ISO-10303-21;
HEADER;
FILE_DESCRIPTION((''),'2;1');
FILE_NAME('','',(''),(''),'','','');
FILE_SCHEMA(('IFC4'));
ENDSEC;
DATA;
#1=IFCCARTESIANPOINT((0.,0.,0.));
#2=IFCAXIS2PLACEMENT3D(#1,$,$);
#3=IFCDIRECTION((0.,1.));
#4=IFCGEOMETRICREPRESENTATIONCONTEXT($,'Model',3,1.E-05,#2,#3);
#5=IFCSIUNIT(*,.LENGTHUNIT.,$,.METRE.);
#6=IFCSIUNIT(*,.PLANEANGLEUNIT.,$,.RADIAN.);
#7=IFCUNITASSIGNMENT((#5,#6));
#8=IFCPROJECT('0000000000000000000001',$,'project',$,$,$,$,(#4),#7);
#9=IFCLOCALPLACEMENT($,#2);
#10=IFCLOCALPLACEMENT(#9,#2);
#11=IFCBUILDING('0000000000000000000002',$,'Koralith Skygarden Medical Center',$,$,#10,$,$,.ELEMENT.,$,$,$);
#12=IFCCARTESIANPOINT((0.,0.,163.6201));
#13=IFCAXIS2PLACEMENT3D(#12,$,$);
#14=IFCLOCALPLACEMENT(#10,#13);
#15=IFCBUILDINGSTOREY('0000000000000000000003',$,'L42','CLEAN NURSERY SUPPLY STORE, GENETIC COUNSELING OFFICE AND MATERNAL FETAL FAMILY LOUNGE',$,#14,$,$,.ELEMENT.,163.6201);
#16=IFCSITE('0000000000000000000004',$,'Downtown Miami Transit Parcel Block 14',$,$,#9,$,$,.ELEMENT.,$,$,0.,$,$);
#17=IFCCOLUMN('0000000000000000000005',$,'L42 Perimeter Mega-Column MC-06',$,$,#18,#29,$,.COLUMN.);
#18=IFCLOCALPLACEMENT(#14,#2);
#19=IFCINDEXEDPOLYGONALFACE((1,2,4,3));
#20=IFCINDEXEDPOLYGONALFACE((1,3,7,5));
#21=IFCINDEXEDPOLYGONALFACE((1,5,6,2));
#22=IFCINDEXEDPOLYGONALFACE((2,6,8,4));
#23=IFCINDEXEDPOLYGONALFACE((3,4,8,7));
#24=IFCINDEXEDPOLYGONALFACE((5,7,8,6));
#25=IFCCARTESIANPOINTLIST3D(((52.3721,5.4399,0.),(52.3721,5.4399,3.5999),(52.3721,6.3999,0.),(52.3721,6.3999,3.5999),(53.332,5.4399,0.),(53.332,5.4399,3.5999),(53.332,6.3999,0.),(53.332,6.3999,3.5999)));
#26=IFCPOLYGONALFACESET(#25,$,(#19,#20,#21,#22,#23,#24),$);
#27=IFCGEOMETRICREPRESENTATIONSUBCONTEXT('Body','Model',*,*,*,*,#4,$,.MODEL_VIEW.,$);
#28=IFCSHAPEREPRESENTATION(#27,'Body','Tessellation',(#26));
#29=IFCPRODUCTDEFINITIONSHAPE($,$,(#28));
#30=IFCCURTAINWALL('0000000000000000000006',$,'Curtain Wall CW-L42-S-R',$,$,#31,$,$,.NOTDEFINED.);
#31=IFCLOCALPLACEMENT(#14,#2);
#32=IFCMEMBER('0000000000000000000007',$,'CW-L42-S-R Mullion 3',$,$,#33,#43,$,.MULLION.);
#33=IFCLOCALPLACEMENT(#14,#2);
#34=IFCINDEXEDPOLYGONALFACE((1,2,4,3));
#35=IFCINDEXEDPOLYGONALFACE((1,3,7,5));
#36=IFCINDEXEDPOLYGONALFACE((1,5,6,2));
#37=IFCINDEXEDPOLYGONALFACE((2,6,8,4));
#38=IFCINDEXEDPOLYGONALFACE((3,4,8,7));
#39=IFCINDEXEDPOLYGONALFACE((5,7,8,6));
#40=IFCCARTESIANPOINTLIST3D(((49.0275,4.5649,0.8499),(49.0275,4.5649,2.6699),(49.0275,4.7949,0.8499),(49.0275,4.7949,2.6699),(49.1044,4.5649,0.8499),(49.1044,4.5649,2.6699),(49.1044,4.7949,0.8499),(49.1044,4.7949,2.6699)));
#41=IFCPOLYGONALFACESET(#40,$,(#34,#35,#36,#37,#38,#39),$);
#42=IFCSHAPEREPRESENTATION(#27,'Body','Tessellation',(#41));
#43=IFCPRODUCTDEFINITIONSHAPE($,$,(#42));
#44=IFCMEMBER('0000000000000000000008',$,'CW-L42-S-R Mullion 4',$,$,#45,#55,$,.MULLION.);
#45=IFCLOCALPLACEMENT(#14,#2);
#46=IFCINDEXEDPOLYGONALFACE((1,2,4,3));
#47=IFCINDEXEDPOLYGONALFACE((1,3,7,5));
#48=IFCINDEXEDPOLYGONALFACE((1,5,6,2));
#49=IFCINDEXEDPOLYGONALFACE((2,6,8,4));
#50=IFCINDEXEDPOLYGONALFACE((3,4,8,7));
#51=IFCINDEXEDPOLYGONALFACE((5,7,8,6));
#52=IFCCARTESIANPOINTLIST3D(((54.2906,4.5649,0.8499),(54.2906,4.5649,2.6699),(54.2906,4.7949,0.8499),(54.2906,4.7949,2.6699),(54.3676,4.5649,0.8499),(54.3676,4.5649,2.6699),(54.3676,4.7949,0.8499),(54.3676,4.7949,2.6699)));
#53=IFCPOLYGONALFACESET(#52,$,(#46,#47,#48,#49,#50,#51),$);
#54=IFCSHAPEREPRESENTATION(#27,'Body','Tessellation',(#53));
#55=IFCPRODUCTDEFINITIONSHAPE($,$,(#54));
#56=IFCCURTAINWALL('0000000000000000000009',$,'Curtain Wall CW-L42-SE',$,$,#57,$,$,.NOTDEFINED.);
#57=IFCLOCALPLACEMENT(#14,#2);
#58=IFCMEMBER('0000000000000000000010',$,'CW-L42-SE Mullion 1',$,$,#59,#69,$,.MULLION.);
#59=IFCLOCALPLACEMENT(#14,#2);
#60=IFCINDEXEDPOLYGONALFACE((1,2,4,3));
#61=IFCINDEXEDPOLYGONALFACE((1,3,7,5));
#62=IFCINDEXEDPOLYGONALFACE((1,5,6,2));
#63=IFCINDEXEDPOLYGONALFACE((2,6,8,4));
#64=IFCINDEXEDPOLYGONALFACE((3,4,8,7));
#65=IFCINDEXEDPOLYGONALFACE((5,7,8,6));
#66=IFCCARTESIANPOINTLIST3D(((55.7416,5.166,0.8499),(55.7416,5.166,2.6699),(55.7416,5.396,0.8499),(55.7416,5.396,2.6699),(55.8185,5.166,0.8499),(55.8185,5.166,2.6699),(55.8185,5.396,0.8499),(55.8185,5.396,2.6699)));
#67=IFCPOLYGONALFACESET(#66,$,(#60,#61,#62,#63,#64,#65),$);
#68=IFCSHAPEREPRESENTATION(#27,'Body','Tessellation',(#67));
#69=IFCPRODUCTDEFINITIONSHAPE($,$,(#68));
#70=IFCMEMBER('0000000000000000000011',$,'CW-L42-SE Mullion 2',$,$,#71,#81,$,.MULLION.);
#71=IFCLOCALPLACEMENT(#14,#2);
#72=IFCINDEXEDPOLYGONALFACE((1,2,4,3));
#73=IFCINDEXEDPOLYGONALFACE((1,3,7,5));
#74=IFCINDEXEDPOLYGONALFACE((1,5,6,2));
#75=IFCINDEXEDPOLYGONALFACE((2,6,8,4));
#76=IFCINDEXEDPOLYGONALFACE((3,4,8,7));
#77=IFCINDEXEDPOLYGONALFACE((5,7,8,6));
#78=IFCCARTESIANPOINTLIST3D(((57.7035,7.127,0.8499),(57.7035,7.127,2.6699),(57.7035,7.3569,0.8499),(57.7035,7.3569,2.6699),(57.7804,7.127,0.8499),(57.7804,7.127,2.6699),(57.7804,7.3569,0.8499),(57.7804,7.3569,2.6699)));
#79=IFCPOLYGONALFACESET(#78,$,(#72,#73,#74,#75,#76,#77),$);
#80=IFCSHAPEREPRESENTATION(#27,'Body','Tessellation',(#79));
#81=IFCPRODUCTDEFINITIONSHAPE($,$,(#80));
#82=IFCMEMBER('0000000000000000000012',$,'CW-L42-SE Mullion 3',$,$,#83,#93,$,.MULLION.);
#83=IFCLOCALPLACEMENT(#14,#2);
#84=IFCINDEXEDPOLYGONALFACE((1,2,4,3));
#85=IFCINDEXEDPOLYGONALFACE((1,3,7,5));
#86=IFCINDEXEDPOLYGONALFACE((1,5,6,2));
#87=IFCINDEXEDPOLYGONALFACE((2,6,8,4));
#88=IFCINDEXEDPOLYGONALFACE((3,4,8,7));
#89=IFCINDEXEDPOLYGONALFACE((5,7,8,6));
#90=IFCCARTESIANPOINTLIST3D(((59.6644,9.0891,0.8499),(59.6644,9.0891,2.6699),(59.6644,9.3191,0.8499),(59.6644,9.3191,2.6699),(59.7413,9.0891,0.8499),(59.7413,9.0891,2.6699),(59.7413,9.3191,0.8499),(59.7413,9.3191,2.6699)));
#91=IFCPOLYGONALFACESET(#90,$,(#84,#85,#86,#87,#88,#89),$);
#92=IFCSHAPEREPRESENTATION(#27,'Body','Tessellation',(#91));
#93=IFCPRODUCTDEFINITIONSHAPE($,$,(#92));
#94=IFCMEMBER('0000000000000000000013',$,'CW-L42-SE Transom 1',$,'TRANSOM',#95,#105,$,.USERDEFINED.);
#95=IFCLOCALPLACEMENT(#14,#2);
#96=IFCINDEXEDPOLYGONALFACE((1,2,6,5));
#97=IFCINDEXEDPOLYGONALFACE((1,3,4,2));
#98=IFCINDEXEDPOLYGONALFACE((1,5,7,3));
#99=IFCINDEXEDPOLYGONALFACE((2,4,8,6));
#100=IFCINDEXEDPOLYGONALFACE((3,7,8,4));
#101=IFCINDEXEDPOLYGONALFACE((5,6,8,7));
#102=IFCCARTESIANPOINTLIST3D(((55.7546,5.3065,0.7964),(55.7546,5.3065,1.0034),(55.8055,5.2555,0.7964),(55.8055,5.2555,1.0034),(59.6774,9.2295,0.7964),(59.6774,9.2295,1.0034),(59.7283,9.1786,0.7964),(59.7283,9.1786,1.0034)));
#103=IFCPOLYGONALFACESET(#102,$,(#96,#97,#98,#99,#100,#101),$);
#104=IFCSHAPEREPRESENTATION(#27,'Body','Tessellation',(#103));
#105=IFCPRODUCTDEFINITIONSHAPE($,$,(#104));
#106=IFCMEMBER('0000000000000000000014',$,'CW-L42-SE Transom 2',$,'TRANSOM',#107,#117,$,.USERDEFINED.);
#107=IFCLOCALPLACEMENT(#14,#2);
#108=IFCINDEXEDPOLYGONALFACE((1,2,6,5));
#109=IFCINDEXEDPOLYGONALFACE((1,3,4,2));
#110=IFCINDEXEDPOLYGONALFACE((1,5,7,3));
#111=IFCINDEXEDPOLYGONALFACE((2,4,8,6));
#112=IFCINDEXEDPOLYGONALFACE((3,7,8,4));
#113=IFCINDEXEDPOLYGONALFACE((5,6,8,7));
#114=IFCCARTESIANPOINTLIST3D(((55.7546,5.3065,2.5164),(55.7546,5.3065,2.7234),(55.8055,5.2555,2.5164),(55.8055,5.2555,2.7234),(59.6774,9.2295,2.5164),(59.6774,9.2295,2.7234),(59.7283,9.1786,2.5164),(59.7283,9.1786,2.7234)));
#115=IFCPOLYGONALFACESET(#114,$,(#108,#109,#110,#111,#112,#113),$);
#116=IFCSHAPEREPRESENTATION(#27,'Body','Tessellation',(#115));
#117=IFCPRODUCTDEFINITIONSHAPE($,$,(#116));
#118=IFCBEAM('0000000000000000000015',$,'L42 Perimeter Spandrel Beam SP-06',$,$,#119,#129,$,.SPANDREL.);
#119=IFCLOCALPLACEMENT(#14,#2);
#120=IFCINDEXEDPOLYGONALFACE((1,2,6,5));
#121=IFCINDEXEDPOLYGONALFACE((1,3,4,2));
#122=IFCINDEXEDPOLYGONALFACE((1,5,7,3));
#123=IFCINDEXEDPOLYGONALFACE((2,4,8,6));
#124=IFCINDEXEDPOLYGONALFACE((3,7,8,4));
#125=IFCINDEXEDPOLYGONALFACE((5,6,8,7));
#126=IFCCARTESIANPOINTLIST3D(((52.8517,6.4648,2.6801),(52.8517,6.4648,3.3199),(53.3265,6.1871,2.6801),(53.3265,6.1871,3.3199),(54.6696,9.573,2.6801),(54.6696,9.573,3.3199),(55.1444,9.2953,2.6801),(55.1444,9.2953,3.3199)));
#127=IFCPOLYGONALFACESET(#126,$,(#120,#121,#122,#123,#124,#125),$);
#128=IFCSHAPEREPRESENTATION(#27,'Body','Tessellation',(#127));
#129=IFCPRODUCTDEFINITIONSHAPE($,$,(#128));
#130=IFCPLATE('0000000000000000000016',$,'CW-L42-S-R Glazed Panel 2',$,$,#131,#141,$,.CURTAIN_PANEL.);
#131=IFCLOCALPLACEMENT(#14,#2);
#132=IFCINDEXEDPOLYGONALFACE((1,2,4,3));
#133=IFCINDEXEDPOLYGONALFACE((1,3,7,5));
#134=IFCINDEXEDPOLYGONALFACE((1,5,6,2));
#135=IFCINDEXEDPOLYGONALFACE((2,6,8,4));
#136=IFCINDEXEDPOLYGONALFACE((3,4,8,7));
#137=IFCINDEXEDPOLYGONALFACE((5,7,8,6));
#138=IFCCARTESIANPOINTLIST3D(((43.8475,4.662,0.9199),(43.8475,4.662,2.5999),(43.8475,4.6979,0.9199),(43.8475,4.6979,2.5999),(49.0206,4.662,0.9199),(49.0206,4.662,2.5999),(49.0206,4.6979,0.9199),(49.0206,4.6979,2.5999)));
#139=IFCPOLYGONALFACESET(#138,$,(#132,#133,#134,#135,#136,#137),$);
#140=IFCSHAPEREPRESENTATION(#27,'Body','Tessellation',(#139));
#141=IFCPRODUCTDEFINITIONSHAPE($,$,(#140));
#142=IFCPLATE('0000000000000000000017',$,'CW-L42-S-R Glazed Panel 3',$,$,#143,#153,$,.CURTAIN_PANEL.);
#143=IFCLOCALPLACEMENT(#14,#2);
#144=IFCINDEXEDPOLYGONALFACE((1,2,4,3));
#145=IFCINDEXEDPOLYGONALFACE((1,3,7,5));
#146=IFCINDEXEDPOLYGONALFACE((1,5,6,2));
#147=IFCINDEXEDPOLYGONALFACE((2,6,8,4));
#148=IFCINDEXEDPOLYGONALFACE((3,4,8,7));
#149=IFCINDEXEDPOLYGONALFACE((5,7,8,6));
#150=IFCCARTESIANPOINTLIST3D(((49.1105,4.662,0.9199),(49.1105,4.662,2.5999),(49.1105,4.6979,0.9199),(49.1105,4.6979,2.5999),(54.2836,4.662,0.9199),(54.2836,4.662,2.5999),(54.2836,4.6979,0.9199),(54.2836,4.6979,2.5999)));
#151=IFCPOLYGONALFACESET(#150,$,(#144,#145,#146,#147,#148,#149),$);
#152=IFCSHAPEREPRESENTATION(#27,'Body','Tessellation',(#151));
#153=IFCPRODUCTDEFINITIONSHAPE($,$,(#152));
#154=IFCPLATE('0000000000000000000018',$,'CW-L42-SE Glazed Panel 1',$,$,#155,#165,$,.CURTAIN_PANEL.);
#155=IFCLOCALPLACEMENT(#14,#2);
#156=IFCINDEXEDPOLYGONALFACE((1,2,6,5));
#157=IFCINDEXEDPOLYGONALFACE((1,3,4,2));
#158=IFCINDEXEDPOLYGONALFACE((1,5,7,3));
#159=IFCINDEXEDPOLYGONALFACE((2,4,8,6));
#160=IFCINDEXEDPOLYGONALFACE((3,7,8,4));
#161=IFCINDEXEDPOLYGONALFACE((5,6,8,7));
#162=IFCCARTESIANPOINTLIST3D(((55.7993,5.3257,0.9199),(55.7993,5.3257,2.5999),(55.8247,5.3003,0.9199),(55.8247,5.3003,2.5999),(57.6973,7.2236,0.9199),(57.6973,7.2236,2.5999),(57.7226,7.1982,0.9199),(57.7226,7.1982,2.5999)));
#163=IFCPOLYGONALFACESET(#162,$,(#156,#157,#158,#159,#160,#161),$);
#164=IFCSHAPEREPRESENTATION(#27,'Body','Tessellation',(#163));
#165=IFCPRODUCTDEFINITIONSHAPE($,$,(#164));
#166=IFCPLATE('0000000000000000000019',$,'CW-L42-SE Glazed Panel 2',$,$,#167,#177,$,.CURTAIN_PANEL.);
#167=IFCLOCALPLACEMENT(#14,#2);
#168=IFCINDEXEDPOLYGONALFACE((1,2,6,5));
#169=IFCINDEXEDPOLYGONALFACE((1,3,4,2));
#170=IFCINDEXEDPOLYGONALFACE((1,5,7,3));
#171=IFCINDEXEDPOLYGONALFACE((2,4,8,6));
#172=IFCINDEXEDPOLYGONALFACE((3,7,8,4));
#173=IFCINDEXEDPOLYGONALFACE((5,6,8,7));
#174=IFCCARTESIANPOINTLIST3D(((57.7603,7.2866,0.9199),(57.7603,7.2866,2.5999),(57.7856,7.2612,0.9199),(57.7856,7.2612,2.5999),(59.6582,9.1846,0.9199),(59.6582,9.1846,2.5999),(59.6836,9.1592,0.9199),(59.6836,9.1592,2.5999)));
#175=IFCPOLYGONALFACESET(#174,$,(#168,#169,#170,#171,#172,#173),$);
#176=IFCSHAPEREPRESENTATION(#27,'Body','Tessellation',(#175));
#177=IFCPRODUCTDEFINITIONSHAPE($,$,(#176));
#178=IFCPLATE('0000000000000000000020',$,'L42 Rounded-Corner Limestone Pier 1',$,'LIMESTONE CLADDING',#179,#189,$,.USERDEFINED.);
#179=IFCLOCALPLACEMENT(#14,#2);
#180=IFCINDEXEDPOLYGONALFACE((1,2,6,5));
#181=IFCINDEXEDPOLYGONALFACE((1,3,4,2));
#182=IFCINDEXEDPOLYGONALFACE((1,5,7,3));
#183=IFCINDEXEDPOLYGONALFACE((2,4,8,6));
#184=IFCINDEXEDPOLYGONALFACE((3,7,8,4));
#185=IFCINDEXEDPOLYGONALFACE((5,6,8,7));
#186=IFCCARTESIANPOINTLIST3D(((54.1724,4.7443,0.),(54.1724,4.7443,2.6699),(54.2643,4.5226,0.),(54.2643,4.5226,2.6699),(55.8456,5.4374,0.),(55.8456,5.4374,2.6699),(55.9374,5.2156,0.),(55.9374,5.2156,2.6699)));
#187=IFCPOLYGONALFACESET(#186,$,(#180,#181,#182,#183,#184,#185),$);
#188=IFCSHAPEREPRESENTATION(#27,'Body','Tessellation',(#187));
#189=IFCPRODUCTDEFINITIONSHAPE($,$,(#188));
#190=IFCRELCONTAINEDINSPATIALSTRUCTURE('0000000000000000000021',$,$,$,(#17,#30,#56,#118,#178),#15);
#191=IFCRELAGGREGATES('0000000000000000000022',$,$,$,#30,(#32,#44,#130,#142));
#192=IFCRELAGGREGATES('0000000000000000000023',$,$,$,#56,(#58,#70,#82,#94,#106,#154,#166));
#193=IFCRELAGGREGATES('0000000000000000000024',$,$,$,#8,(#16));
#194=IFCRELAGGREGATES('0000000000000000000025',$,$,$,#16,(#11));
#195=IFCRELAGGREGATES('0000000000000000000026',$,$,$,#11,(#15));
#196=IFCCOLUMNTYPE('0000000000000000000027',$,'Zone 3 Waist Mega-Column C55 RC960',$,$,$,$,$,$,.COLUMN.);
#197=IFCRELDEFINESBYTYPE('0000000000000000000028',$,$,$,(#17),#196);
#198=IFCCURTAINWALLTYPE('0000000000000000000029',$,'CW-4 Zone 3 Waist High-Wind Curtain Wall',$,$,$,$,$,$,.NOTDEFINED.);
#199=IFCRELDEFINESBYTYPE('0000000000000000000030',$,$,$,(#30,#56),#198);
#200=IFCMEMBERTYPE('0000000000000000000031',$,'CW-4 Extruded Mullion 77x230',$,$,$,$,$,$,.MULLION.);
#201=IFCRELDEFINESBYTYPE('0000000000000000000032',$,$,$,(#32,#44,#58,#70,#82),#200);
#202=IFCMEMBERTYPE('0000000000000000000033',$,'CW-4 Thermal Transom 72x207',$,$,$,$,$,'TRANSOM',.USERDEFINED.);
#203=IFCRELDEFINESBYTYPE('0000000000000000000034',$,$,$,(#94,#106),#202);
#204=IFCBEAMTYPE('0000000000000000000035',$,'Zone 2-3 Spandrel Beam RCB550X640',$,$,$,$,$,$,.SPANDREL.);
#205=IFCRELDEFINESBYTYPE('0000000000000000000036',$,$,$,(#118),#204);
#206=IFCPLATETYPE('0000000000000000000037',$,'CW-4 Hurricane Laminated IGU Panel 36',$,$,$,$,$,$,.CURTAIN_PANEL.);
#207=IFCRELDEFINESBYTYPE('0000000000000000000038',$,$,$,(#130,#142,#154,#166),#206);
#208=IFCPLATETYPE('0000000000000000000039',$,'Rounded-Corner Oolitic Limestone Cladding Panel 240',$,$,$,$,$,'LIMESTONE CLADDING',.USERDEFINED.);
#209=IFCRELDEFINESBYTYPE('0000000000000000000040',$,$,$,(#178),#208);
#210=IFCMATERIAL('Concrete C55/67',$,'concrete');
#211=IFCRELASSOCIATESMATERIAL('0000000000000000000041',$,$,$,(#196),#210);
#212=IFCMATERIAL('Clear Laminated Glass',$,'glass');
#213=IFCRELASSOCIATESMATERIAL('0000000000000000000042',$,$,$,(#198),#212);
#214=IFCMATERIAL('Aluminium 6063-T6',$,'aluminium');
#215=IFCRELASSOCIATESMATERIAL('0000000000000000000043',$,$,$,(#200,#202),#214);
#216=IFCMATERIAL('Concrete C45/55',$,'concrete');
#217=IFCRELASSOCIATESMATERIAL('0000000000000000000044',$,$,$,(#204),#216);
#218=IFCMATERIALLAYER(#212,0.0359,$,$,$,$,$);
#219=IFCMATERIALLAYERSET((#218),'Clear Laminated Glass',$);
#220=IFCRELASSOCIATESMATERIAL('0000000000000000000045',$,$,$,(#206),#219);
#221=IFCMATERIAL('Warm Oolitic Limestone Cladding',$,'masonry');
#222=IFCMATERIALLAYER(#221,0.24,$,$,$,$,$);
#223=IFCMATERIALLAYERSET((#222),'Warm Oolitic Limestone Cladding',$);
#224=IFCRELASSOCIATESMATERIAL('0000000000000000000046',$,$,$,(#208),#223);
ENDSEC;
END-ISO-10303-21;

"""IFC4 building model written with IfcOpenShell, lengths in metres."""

from ifc_helpers import new_model, si_unit, direction, frame, origin, origin_2d, place, context, subcontext, project, spatial, rectangle, extrude, material, layer, layer_set, material_profile, profile_set, type_object, element, aggregate, save


model = new_model("IFC4")

# Units and contexts
model_context = context("Model", 3, precision=1e-05, world=origin(), true_north=direction((0.0, 1.0)))
body_context = subcontext(model_context, "Body", "Model", "MODEL_VIEW")
ifc_project = project(units=[si_unit("LENGTHUNIT", "METRE"), si_unit("PLANEANGLEUNIT", "RADIAN")], contexts=[model_context])

# Site, building, storey
site_placement = place(None, origin())
site = spatial("IfcSite", under=ifc_project, at=site_placement, Name="Downtown Miami Transit Parcel Block 14", CompositionType="ELEMENT", RefElevation=0.0)
building_placement = place(site_placement, origin())
building = spatial("IfcBuilding", under=site, at=building_placement, Name="Koralith Skygarden Medical Center", CompositionType="ELEMENT")
storey_placement = place(building_placement, frame((0.0, 0.0, 163.6201)))
storey = spatial("IfcBuildingStorey", under=building, at=storey_placement, Name="L42", Description="CLEAN NURSERY SUPPLY STORE, GENETIC COUNSELING OFFICE AND MATERNAL FETAL FAMILY LOUNGE", CompositionType="ELEMENT", Elevation=163.6201)

# Column
ifc_material_1 = material(Name="Concrete C55/67", Category="concrete")
ifc_material_profile_1 = material_profile(ifc_material_1, rectangle(XDim=0.96, YDim=0.96, at=origin_2d()), Name="RC960X960")
ifc_profile_set_1 = profile_set([ifc_material_profile_1], Name="Concrete C55/67")
column_type = type_object("IfcColumnType", Name="Zone 3 Waist Mega-Column C55 RC960", PredefinedType="COLUMN", material=ifc_profile_set_1)
column_placement = place(storey_placement, frame((52.8521, 5.9199, 0.0), z_axis=(0.0, 0.0, 1.0), x_axis=(1.0, 0.0, 0.0)))
element("IfcColumn", 1, at=column_placement, inside=storey, type_object=column_type, Name="L42 Perimeter Mega-Column MC-06", PredefinedType="COLUMN", context=body_context, shape_type="SweptSolid", body=[
    extrude(rectangle(XDim=0.96, YDim=0.96, at=origin_2d()), origin(), (0.0, 0.0, 1.0), 3.5999),
])

# Curtain walls, members
ifc_material_2 = material(Name="Clear Laminated Glass", Category="glass")
curtain_wall_type = type_object("IfcCurtainWallType", Name="CW-4 Zone 3 Waist High-Wind Curtain Wall", PredefinedType="NOTDEFINED", material=ifc_material_2)
curtain_wall_1_placement = place(storey_placement, origin())
curtain_wall_1 = element("IfcCurtainWall", 2, at=curtain_wall_1_placement, inside=storey, type_object=curtain_wall_type, Name="Curtain Wall CW-L42-S-R", PredefinedType="NOTDEFINED")
ifc_material_3 = material(Name="Aluminium 6063-T6", Category="aluminium")
ifc_material_profile_2 = material_profile(ifc_material_3, rectangle(XDim=0.0769, YDim=0.23, at=origin_2d()), Name="MUL77X230")
ifc_profile_set_2 = profile_set([ifc_material_profile_2], Name="Aluminium 6063-T6")
member_type_1 = type_object("IfcMemberType", Name="CW-4 Extruded Mullion 77x230", PredefinedType="MULLION", material=ifc_profile_set_2)
member_1_placement = place(storey_placement, frame((49.0659, 4.6799, 0.8499), z_axis=(0.0, 0.0, 1.0), x_axis=(1.0, 0.0, 0.0)))
member_1 = element("IfcMember", 3, at=member_1_placement, type_object=member_type_1, Name="CW-L42-S-R Mullion 3", PredefinedType="MULLION", context=body_context, shape_type="SweptSolid", body=[
    extrude(rectangle(XDim=0.0769, YDim=0.23, at=origin_2d()), origin(), (0.0, 0.0, 1.0), 1.8201),
])
member_2_placement = place(storey_placement, frame((54.3291, 4.6799, 0.8499), z_axis=(0.0, 0.0, 1.0), x_axis=(1.0, 0.0, 0.0)))
member_2 = element("IfcMember", 4, at=member_2_placement, type_object=member_type_1, Name="CW-L42-S-R Mullion 4", PredefinedType="MULLION", context=body_context, shape_type="SweptSolid", body=[
    extrude(rectangle(XDim=0.0769, YDim=0.23, at=origin_2d()), origin(), (0.0, 0.0, 1.0), 1.8201),
])
curtain_wall_2_placement = place(storey_placement, origin())
curtain_wall_2 = element("IfcCurtainWall", 5, at=curtain_wall_2_placement, inside=storey, type_object=curtain_wall_type, Name="Curtain Wall CW-L42-SE", PredefinedType="NOTDEFINED")
member_3_placement = place(storey_placement, frame((55.78, 5.281, 0.8499), z_axis=(0.0, 0.0, 1.0), x_axis=(1.0, 0.0, 0.0)))
member_3 = element("IfcMember", 6, at=member_3_placement, type_object=member_type_1, Name="CW-L42-SE Mullion 1", PredefinedType="MULLION", context=body_context, shape_type="SweptSolid", body=[
    extrude(rectangle(XDim=0.0769, YDim=0.23, at=origin_2d()), origin(), (0.0, 0.0, 1.0), 1.8201),
])
member_4_placement = place(storey_placement, frame((57.7419, 7.2419, 0.8499), z_axis=(0.0, 0.0, 1.0), x_axis=(1.0, 0.0, 0.0)))
member_4 = element("IfcMember", 7, at=member_4_placement, type_object=member_type_1, Name="CW-L42-SE Mullion 2", PredefinedType="MULLION", context=body_context, shape_type="SweptSolid", body=[
    extrude(rectangle(XDim=0.0769, YDim=0.23, at=origin_2d()), origin(), (0.0, 0.0, 1.0), 1.8201),
])
member_5_placement = place(storey_placement, frame((59.7029, 9.2041, 0.8499), z_axis=(0.0, 0.0, 1.0), x_axis=(1.0, 0.0, 0.0)))
member_5 = element("IfcMember", 8, at=member_5_placement, type_object=member_type_1, Name="CW-L42-SE Mullion 3", PredefinedType="MULLION", context=body_context, shape_type="SweptSolid", body=[
    extrude(rectangle(XDim=0.0769, YDim=0.23, at=origin_2d()), origin(), (0.0, 0.0, 1.0), 1.8201),
])
ifc_material_profile_3 = material_profile(ifc_material_3, rectangle(XDim=0.072, YDim=0.207, at=origin_2d()), Name="TRN72X207")
ifc_profile_set_3 = profile_set([ifc_material_profile_3], Name="Aluminium 6063-T6")
member_type_2 = type_object("IfcMemberType", Name="CW-4 Thermal Transom 72x207", ElementType="TRANSOM", PredefinedType="USERDEFINED", material=ifc_profile_set_3)
member_6_placement = place(storey_placement, frame((55.78, 5.281, 0.8999), z_axis=(0.707085, 0.707129, 0.0), x_axis=(-0.707129, 0.707085, 0.0)))
member_6 = element("IfcMember", 9, at=member_6_placement, type_object=member_type_2, Name="CW-L42-SE Transom 1", ObjectType="TRANSOM", PredefinedType="USERDEFINED", context=body_context, shape_type="SweptSolid", body=[
    extrude(rectangle(XDim=0.072, YDim=0.207, at=origin_2d()), origin(), (0.0, 0.0, 1.0), 5.5479),
])
member_7_placement = place(storey_placement, frame((55.78, 5.281, 2.6199), z_axis=(0.707085, 0.707129, 0.0), x_axis=(-0.707129, 0.707085, 0.0)))
member_7 = element("IfcMember", 10, at=member_7_placement, type_object=member_type_2, Name="CW-L42-SE Transom 2", ObjectType="TRANSOM", PredefinedType="USERDEFINED", context=body_context, shape_type="SweptSolid", body=[
    extrude(rectangle(XDim=0.072, YDim=0.207, at=origin_2d()), origin(), (0.0, 0.0, 1.0), 5.5479),
])

# Beam
ifc_material_4 = material(Name="Concrete C45/55", Category="concrete")
ifc_material_profile_4 = material_profile(ifc_material_4, rectangle(XDim=0.55, YDim=0.6399, at=origin_2d()), Name="RCB550X640")
ifc_profile_set_4 = profile_set([ifc_material_profile_4], Name="Concrete C45/55")
beam_type = type_object("IfcBeamType", Name="Zone 2-3 Spandrel Beam RCB550X640", PredefinedType="SPANDREL", material=ifc_profile_set_4)
beam_placement = place(storey_placement, frame((53.0891, 6.3259, 3.0), z_axis=(0.504861, 0.8632, 0.0), x_axis=(-0.8632, 0.504861, 0.0)))
element("IfcBeam", 11, at=beam_placement, inside=storey, type_object=beam_type, Name="L42 Perimeter Spandrel Beam SP-06", PredefinedType="SPANDREL", context=body_context, shape_type="SweptSolid", body=[
    extrude(rectangle(XDim=0.55, YDim=0.6399, at=origin_2d()), origin(), (0.0, 0.0, 1.0), 3.6008),
])

# Plates
ifc_layer_1 = layer(ifc_material_2, 0.0359)
ifc_layer_set_1 = layer_set([ifc_layer_1], Name="Clear Laminated Glass")
plate_type_1 = type_object("IfcPlateType", Name="CW-4 Hurricane Laminated IGU Panel 36", PredefinedType="CURTAIN_PANEL", material=ifc_layer_set_1)
plate_1_placement = place(storey_placement, frame((46.4341, 4.6799, 0.9199), z_axis=(0.0, 0.0, 1.0), x_axis=(1.0, 0.0, 0.0)))
plate_1 = element("IfcPlate", 12, at=plate_1_placement, type_object=plate_type_1, Name="CW-L42-S-R Glazed Panel 2", PredefinedType="CURTAIN_PANEL", context=body_context, shape_type="SweptSolid", body=[
    extrude(rectangle(XDim=5.1731, YDim=0.0359, at=origin_2d()), origin(), (0.0, 0.0, 1.0), 1.6799),
])
plate_2_placement = place(storey_placement, frame((51.697, 4.6799, 0.9199), z_axis=(0.0, 0.0, 1.0), x_axis=(1.0, 0.0, 0.0)))
plate_2 = element("IfcPlate", 13, at=plate_2_placement, type_object=plate_type_1, Name="CW-L42-S-R Glazed Panel 3", PredefinedType="CURTAIN_PANEL", context=body_context, shape_type="SweptSolid", body=[
    extrude(rectangle(XDim=5.1731, YDim=0.0359, at=origin_2d()), origin(), (0.0, 0.0, 1.0), 1.6799),
])
aggregate(curtain_wall_1, [member_1, member_2, plate_1, plate_2])
plate_3_placement = place(storey_placement, frame((56.761, 6.262, 0.9199), z_axis=(0.0, 0.0, 1.0), x_axis=(0.707107, 0.707107, 0.0)))
plate_3 = element("IfcPlate", 14, at=plate_3_placement, type_object=plate_type_1, Name="CW-L42-SE Glazed Panel 1", PredefinedType="CURTAIN_PANEL", context=body_context, shape_type="SweptSolid", body=[
    extrude(rectangle(XDim=2.6841, YDim=0.0359, at=origin_2d()), origin(), (0.0, 0.0, 1.0), 1.6799),
])
plate_4_placement = place(storey_placement, frame((58.7219, 8.2229, 0.9199), z_axis=(0.0, 0.0, 1.0), x_axis=(0.707107, 0.707107, 0.0)))
plate_4 = element("IfcPlate", 15, at=plate_4_placement, type_object=plate_type_1, Name="CW-L42-SE Glazed Panel 2", PredefinedType="CURTAIN_PANEL", context=body_context, shape_type="SweptSolid", body=[
    extrude(rectangle(XDim=2.6841, YDim=0.0359, at=origin_2d()), origin(), (0.0, 0.0, 1.0), 1.6799),
])
aggregate(curtain_wall_2, [member_3, member_4, member_5, member_6, member_7, plate_3, plate_4])
ifc_material_5 = material(Name="Warm Oolitic Limestone Cladding", Category="masonry")
ifc_layer_2 = layer(ifc_material_5, 0.24)
ifc_layer_set_2 = layer_set([ifc_layer_2], Name="Warm Oolitic Limestone Cladding")
plate_type_2 = type_object("IfcPlateType", Name="Rounded-Corner Oolitic Limestone Cladding Panel 240", ElementType="LIMESTONE CLADDING", PredefinedType="USERDEFINED", material=ifc_layer_set_2)
plate_5_placement = place(storey_placement, frame((55.0549, 4.98, 0.0), z_axis=(0.0, 0.0, 1.0), x_axis=(0.923885, 0.382671, 0.0)))
element("IfcPlate", 16, at=plate_5_placement, inside=storey, type_object=plate_type_2, Name="L42 Rounded-Corner Limestone Pier 1", ObjectType="LIMESTONE CLADDING", PredefinedType="USERDEFINED", context=body_context, shape_type="SweptSolid", body=[
    extrude(rectangle(XDim=1.811, YDim=0.24, at=origin_2d()), origin(), (0.0, 0.0, 1.0), 2.6699),
])

save(model, "model.ifc")
